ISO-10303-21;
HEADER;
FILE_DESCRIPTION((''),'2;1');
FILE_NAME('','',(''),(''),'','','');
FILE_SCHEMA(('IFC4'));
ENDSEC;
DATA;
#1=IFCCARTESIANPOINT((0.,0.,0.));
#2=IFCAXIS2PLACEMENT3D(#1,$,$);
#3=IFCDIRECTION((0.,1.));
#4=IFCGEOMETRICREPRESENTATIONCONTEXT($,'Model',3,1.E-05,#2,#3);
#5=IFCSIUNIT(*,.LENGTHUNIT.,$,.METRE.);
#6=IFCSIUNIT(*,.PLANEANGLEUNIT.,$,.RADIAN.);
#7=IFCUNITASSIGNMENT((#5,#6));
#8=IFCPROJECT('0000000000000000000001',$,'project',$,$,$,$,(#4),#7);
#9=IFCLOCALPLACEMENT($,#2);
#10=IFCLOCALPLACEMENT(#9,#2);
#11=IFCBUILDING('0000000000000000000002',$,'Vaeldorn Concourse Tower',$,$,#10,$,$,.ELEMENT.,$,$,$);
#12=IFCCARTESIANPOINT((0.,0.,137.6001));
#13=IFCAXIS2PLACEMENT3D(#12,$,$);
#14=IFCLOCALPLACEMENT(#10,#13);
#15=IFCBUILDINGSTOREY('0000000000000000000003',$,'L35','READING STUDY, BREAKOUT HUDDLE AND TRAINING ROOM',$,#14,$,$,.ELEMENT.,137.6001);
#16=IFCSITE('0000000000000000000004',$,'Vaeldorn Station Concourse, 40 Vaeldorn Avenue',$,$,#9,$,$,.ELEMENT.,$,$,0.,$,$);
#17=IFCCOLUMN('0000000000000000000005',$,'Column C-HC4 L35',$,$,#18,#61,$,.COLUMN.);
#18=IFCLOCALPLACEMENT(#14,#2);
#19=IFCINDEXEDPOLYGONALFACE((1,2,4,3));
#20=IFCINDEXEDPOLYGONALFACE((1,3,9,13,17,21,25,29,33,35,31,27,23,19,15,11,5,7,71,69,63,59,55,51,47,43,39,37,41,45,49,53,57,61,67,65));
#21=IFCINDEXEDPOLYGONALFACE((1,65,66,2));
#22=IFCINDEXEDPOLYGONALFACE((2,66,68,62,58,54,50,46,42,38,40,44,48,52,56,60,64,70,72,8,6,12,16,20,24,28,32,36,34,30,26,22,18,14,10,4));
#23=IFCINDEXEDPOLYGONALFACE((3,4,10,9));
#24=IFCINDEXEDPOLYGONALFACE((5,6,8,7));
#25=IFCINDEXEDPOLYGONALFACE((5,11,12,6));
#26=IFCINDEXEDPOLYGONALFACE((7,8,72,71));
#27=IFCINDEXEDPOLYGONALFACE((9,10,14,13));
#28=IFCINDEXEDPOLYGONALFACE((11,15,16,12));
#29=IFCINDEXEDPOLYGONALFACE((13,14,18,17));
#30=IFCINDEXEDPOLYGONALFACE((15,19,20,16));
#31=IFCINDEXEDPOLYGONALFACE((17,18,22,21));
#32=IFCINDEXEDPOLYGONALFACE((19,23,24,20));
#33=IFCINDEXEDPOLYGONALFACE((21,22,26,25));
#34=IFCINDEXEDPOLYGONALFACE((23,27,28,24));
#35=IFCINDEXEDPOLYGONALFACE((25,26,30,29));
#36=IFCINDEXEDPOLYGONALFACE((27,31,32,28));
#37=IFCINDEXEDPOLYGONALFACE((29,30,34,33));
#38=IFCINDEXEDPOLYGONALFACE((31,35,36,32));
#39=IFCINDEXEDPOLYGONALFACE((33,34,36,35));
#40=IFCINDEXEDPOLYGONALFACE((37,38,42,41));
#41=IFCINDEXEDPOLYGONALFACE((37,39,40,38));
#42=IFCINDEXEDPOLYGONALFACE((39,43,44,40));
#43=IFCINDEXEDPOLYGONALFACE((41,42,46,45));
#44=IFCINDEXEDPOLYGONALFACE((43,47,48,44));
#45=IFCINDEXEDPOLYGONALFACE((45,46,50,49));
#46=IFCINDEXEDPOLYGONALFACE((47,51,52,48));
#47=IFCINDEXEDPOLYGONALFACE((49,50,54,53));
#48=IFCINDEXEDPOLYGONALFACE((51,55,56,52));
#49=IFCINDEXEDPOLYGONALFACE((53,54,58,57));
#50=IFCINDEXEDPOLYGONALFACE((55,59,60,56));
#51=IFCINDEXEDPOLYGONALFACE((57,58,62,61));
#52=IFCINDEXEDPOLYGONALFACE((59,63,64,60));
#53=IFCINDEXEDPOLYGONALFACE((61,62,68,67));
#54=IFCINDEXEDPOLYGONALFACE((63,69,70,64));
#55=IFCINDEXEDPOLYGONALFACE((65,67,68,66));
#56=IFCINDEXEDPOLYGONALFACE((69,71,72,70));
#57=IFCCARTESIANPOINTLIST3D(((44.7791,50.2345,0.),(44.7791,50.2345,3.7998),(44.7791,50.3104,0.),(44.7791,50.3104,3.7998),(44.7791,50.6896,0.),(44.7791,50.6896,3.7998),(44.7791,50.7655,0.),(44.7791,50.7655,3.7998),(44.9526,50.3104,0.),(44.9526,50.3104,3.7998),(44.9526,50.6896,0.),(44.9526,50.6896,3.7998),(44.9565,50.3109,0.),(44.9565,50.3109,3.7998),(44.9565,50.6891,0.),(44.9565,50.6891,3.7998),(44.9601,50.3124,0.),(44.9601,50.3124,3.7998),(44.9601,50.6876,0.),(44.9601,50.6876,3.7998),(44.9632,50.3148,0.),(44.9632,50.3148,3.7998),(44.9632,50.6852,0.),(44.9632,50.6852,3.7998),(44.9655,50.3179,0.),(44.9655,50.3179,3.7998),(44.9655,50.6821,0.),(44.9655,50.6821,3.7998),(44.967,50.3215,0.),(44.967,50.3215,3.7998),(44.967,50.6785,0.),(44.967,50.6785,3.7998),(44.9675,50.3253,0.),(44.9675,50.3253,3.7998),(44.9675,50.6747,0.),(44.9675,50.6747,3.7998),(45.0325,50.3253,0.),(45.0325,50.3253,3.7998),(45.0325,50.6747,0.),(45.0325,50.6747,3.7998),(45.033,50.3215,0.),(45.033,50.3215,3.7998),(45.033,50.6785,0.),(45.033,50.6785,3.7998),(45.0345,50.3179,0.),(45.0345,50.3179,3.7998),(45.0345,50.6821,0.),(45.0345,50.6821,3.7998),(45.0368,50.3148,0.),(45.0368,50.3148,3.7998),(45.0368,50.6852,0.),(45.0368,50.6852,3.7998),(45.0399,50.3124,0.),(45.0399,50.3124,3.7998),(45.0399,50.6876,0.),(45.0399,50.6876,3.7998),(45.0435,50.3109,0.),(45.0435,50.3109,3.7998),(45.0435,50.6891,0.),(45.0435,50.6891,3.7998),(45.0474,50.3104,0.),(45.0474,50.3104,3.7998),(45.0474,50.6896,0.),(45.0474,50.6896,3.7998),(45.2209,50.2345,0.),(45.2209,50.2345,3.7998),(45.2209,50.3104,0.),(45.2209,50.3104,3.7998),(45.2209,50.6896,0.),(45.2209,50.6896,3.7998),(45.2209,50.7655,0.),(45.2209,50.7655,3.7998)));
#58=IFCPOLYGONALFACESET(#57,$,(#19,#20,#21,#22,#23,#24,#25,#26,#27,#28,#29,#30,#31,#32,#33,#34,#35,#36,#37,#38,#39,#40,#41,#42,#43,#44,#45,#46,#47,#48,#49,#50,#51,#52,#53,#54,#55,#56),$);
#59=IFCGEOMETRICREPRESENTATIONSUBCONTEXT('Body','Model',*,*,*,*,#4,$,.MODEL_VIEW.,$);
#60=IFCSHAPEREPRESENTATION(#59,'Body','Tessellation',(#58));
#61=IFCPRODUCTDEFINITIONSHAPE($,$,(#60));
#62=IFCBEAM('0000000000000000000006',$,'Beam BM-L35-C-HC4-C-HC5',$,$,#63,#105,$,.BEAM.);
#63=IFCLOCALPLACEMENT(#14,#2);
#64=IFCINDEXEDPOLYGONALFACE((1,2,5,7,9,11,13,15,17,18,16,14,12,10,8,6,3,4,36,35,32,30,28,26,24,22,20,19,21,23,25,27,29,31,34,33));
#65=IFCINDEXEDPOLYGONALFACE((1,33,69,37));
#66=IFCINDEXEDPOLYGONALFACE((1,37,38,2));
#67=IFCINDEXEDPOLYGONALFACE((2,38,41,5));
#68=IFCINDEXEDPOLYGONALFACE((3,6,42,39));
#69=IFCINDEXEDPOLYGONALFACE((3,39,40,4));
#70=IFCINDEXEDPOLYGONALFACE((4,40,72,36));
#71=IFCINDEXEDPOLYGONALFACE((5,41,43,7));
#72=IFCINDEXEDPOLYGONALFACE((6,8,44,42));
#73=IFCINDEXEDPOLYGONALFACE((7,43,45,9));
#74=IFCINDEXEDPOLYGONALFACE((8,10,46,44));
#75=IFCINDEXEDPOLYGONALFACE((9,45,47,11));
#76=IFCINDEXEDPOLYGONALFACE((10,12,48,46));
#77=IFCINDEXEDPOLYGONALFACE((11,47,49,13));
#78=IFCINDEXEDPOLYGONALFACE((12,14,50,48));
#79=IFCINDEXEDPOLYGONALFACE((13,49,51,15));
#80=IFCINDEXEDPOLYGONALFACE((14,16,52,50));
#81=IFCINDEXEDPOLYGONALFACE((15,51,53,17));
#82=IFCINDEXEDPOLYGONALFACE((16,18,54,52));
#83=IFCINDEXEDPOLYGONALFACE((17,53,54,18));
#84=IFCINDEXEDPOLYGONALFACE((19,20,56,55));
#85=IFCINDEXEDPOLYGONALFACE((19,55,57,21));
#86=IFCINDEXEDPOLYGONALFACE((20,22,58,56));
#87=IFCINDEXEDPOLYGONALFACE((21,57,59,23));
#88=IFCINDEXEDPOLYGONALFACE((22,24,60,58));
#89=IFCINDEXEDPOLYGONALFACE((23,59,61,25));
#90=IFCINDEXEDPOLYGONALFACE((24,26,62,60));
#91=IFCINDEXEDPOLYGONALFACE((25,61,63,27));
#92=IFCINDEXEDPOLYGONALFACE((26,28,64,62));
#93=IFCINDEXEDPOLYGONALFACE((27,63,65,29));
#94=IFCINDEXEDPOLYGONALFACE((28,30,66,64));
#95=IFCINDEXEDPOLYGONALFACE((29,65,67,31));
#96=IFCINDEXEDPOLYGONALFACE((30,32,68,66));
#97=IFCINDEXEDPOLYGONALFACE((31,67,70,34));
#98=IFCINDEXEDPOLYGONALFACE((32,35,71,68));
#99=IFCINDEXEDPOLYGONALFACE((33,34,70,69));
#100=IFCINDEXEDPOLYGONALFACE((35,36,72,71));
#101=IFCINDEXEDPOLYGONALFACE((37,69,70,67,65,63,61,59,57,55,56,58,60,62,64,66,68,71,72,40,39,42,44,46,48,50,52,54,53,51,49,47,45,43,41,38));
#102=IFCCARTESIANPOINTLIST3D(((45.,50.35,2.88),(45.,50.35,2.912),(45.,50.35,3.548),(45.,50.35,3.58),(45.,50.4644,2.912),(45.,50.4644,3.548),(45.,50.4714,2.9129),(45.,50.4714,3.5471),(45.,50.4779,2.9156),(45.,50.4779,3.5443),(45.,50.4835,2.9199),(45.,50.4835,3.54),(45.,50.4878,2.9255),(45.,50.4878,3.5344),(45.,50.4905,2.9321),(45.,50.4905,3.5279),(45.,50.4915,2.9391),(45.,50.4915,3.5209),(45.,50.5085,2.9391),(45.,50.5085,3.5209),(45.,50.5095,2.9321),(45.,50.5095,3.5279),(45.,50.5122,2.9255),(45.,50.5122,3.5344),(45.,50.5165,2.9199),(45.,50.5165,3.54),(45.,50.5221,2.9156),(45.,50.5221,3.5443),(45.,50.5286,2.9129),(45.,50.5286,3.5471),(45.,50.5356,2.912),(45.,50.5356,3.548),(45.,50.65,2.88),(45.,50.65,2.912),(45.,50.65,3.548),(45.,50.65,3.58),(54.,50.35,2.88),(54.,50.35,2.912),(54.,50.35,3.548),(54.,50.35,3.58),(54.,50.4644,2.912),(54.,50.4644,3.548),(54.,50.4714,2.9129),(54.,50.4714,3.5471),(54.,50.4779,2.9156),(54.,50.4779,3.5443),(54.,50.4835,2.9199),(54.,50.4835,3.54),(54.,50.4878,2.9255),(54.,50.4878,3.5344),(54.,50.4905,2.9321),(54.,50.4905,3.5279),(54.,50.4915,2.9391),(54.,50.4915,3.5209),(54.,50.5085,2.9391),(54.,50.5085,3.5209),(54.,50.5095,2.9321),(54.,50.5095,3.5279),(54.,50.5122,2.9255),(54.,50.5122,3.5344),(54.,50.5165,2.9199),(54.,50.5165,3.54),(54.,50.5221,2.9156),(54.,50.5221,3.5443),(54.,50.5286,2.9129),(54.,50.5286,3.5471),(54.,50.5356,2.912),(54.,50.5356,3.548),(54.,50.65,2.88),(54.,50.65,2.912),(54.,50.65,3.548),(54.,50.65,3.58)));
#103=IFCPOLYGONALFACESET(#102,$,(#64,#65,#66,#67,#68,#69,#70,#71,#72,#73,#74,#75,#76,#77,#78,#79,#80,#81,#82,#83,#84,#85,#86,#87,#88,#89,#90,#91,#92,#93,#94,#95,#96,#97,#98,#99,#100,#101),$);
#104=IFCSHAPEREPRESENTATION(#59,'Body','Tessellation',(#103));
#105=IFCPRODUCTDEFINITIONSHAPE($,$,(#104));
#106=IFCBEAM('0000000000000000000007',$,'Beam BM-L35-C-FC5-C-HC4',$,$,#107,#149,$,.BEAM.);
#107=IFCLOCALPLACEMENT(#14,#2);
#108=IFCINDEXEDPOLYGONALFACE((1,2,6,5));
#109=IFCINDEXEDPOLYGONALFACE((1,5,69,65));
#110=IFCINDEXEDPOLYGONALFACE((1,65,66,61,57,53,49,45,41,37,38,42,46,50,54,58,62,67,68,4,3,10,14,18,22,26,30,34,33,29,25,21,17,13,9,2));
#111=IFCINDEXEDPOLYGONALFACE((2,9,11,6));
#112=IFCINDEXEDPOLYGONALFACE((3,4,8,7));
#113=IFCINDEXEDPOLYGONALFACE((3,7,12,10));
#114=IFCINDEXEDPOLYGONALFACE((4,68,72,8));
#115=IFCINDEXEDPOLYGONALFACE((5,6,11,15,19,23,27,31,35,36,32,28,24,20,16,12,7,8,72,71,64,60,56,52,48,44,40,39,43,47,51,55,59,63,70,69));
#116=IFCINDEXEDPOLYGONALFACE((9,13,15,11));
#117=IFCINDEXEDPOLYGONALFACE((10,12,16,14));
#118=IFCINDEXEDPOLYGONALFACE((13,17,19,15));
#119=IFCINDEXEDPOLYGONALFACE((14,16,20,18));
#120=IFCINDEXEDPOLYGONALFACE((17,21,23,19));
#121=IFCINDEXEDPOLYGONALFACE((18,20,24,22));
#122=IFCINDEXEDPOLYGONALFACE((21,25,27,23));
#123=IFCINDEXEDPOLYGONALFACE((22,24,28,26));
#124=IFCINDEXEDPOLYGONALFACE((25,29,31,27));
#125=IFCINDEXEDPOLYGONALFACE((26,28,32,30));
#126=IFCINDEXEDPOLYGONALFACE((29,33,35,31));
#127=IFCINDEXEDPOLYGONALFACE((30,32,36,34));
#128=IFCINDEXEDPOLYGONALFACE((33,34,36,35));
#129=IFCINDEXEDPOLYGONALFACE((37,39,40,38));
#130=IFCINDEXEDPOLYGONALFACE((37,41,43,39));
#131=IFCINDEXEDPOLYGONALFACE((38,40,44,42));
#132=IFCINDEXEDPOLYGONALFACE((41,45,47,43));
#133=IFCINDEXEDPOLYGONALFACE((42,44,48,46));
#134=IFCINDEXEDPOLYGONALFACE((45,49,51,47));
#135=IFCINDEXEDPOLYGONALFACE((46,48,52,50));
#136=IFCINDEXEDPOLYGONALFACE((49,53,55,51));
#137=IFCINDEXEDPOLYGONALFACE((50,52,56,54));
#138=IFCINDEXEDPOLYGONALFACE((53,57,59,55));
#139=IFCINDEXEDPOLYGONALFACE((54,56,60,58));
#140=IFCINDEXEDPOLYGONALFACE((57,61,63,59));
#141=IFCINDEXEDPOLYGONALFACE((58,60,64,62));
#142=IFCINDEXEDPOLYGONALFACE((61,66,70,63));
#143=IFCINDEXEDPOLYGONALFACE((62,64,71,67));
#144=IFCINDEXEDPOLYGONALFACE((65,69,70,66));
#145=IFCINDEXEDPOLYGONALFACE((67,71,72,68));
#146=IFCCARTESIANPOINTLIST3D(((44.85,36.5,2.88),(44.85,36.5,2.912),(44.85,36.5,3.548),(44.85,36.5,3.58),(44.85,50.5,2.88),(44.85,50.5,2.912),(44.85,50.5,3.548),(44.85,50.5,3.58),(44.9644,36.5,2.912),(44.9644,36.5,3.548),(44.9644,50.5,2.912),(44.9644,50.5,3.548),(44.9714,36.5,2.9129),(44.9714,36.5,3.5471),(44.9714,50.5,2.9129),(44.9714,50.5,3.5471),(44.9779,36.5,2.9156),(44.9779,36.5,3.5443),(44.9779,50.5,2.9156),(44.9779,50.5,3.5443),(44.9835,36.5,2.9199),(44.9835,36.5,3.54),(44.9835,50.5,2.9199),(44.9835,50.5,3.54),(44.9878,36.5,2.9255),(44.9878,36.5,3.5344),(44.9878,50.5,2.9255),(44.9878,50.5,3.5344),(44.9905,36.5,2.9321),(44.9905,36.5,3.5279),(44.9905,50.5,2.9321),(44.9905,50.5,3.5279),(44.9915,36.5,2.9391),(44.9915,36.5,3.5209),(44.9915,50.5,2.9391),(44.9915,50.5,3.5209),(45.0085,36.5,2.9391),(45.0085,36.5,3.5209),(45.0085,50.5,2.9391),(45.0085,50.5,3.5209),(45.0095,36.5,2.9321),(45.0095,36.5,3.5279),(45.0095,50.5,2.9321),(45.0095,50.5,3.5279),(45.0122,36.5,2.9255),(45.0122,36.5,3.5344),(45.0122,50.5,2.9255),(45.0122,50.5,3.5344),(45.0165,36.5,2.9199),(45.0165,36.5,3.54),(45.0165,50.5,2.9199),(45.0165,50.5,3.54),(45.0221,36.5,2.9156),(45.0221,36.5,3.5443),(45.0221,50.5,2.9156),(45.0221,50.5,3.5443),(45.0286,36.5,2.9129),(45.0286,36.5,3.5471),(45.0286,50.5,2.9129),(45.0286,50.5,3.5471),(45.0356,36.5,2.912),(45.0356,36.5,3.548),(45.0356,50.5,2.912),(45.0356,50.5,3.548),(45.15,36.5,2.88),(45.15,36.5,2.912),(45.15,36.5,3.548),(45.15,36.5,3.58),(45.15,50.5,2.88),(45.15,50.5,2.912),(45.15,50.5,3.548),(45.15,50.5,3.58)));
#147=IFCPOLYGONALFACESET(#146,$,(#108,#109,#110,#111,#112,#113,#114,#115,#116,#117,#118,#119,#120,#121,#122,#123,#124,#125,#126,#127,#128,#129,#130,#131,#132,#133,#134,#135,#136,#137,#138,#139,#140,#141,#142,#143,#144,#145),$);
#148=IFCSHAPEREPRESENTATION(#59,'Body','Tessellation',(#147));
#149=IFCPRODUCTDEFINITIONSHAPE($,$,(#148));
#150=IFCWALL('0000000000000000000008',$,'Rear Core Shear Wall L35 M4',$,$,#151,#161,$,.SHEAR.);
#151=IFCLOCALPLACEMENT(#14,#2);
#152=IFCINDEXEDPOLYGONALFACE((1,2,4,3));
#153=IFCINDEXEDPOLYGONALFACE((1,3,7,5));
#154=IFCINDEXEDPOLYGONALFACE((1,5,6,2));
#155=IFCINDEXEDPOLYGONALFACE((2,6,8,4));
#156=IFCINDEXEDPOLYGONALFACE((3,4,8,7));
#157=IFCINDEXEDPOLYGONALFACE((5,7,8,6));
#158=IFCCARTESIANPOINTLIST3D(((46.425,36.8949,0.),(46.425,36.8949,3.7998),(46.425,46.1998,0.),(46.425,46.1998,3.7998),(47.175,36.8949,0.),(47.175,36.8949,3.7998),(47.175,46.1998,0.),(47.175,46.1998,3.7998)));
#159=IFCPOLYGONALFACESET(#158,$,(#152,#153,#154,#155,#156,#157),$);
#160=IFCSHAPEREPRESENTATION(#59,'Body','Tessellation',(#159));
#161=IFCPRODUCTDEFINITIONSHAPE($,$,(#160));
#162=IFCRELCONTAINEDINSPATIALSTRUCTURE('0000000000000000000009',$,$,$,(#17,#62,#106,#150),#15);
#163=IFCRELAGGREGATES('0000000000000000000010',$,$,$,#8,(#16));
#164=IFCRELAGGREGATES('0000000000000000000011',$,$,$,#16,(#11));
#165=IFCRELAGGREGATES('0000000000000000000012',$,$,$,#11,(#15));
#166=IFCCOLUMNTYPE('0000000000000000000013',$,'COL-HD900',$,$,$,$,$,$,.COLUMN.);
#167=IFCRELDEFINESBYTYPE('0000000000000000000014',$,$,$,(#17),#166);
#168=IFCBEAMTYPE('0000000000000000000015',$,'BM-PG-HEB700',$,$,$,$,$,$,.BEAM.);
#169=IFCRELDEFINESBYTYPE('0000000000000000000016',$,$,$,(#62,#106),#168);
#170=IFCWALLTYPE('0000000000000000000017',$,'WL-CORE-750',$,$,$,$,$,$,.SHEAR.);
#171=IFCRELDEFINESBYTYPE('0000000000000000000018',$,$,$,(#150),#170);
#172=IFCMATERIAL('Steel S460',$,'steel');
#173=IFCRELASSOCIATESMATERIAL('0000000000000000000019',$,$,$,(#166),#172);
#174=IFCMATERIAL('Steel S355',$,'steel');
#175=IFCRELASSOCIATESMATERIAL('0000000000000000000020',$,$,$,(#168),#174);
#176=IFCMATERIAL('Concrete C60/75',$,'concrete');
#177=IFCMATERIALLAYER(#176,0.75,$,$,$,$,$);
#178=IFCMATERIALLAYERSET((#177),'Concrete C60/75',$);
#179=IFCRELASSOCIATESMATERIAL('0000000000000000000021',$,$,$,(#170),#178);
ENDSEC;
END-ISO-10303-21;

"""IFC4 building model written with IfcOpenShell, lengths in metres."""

from ifc_helpers import new_model, si_unit, direction, frame, frame_2d, origin, origin_2d, place, context, subcontext, project, spatial, rectangle, i_section, extrude, source, transform, mapped, material, layer, layer_set, material_profile, profile_set, type_object, element, save


model = new_model("IFC4")

# Units and contexts
model_context = context("Model", 3, precision=1e-05, world=origin(), true_north=direction((0.0, 1.0)))
body_context = subcontext(model_context, "Body", "Model", "MODEL_VIEW")
ifc_project = project(units=[si_unit("LENGTHUNIT", "METRE"), si_unit("PLANEANGLEUNIT", "RADIAN")], contexts=[model_context])

# Site, building, storey
site_placement = place(None, origin())
site = spatial("IfcSite", under=ifc_project, at=site_placement, Name="Vaeldorn Station Concourse, 40 Vaeldorn Avenue", CompositionType="ELEMENT", RefElevation=0.0)
building_placement = place(site_placement, origin())
building = spatial("IfcBuilding", under=site, at=building_placement, Name="Vaeldorn Concourse Tower", CompositionType="ELEMENT")
storey_placement = place(building_placement, frame((0.0, 0.0, 137.6001)))
storey = spatial("IfcBuildingStorey", under=building, at=storey_placement, Name="L35", Description="READING STUDY, BREAKOUT HUDDLE AND TRAINING ROOM", CompositionType="ELEMENT", Elevation=137.6001)

# Column
ifc_material_1 = material(Name="Steel S460", Category="steel")
ifc_material_profile_1 = material_profile(ifc_material_1, i_section(OverallWidth=0.4419, OverallDepth=0.531, WebThickness=0.0649, FlangeThickness=0.0759, FilletRadius=0.0149, at=origin_2d()), Name="HD 400x900")
ifc_profile_set_1 = profile_set([ifc_material_profile_1], Name="Steel S460")
column_type = type_object("IfcColumnType", Name="COL-HD900", PredefinedType="COLUMN", material=ifc_profile_set_1)
shared_shape_1 = source(origin(), body_context, "Body", "SweptSolid", [
    extrude(i_section(OverallWidth=0.4419, OverallDepth=0.531, WebThickness=0.0649, FlangeThickness=0.0759, FilletRadius=0.0149, at=origin_2d()), origin(), (0.0, 0.0, 1.0), 3.7998),
])
column_placement = place(storey_placement, frame((45.0, 50.5, 0.0), z_axis=(0.0, 0.0, 1.0), x_axis=(1.0, 0.0, 0.0)))
element("IfcColumn", 1, at=column_placement, inside=storey, type_object=column_type, Name="Column C-HC4 L35", PredefinedType="COLUMN", context=body_context, shape_type="MappedRepresentation", body=[
    mapped(shared_shape_1, transform((0.0, 0.0, 0.0), scale=1.0)),
])

# Beams
ifc_material_2 = material(Name="Steel S355", Category="steel")
ifc_material_profile_2 = material_profile(ifc_material_2, i_section(OverallWidth=0.3, OverallDepth=0.7, WebThickness=0.0171, FlangeThickness=0.032, FilletRadius=0.0271, at=origin_2d()), Name="HEB 700")
ifc_profile_set_2 = profile_set([ifc_material_profile_2], Name="Steel S355")
beam_type = type_object("IfcBeamType", Name="BM-PG-HEB700", PredefinedType="BEAM", material=ifc_profile_set_2)
shared_shape_2 = source(origin(), body_context, "Body", "SweptSolid", [
    extrude(i_section(OverallWidth=0.3, OverallDepth=0.7, WebThickness=0.0171, FlangeThickness=0.032, FilletRadius=0.0271, at=origin_2d()), origin(), (0.0, 0.0, 1.0), 9.0),
])
beam_1_placement = place(storey_placement, frame((45.0, 50.5, 3.23), z_axis=(1.0, 0.0, 0.0), x_axis=(0.0, 1.0, 0.0)))
element("IfcBeam", 2, at=beam_1_placement, inside=storey, type_object=beam_type, Name="Beam BM-L35-C-HC4-C-HC5", PredefinedType="BEAM", context=body_context, shape_type="MappedRepresentation", body=[
    mapped(shared_shape_2, transform((0.0, 0.0, 0.0), scale=1.0)),
])
shared_shape_3 = source(origin(), body_context, "Body", "SweptSolid", [
    extrude(i_section(OverallWidth=0.3, OverallDepth=0.7, WebThickness=0.0171, FlangeThickness=0.032, FilletRadius=0.0271, at=origin_2d()), origin(), (0.0, 0.0, 1.0), 14.0),
])
beam_2_placement = place(storey_placement, frame((45.0, 36.5, 3.23), z_axis=(0.0, 1.0, 0.0), x_axis=(-1.0, 0.0, 0.0)))
element("IfcBeam", 3, at=beam_2_placement, inside=storey, type_object=beam_type, Name="Beam BM-L35-C-FC5-C-HC4", PredefinedType="BEAM", context=body_context, shape_type="MappedRepresentation", body=[
    mapped(shared_shape_3, transform((0.0, 0.0, 0.0), scale=1.0)),
])

# Wall
ifc_material_3 = material(Name="Concrete C60/75", Category="concrete")
ifc_layer_1 = layer(ifc_material_3, 0.75)
ifc_layer_set_1 = layer_set([ifc_layer_1], Name="Concrete C60/75")
wall_type_1 = type_object("IfcWallType", Name="WL-CORE-750", PredefinedType="SHEAR", material=ifc_layer_set_1)
wall_1_placement = place(storey_placement, frame((46.8, 36.895, 0.0), z_axis=(0.0, 0.0, 1.0), x_axis=(0.0, 1.0, 0.0)))
element("IfcWall", 4, at=wall_1_placement, inside=storey, type_object=wall_type_1, Name="Rear Core Shear Wall L35 M4", PredefinedType="SHEAR", context=body_context, shape_type="SweptSolid", body=[
    extrude(rectangle(XDim=9.3049, YDim=0.75, at=frame_2d((4.6523, 0.0))), origin(), (0.0, 0.0, 1.0), 3.7998),
])

save(model, "model.ifc")
